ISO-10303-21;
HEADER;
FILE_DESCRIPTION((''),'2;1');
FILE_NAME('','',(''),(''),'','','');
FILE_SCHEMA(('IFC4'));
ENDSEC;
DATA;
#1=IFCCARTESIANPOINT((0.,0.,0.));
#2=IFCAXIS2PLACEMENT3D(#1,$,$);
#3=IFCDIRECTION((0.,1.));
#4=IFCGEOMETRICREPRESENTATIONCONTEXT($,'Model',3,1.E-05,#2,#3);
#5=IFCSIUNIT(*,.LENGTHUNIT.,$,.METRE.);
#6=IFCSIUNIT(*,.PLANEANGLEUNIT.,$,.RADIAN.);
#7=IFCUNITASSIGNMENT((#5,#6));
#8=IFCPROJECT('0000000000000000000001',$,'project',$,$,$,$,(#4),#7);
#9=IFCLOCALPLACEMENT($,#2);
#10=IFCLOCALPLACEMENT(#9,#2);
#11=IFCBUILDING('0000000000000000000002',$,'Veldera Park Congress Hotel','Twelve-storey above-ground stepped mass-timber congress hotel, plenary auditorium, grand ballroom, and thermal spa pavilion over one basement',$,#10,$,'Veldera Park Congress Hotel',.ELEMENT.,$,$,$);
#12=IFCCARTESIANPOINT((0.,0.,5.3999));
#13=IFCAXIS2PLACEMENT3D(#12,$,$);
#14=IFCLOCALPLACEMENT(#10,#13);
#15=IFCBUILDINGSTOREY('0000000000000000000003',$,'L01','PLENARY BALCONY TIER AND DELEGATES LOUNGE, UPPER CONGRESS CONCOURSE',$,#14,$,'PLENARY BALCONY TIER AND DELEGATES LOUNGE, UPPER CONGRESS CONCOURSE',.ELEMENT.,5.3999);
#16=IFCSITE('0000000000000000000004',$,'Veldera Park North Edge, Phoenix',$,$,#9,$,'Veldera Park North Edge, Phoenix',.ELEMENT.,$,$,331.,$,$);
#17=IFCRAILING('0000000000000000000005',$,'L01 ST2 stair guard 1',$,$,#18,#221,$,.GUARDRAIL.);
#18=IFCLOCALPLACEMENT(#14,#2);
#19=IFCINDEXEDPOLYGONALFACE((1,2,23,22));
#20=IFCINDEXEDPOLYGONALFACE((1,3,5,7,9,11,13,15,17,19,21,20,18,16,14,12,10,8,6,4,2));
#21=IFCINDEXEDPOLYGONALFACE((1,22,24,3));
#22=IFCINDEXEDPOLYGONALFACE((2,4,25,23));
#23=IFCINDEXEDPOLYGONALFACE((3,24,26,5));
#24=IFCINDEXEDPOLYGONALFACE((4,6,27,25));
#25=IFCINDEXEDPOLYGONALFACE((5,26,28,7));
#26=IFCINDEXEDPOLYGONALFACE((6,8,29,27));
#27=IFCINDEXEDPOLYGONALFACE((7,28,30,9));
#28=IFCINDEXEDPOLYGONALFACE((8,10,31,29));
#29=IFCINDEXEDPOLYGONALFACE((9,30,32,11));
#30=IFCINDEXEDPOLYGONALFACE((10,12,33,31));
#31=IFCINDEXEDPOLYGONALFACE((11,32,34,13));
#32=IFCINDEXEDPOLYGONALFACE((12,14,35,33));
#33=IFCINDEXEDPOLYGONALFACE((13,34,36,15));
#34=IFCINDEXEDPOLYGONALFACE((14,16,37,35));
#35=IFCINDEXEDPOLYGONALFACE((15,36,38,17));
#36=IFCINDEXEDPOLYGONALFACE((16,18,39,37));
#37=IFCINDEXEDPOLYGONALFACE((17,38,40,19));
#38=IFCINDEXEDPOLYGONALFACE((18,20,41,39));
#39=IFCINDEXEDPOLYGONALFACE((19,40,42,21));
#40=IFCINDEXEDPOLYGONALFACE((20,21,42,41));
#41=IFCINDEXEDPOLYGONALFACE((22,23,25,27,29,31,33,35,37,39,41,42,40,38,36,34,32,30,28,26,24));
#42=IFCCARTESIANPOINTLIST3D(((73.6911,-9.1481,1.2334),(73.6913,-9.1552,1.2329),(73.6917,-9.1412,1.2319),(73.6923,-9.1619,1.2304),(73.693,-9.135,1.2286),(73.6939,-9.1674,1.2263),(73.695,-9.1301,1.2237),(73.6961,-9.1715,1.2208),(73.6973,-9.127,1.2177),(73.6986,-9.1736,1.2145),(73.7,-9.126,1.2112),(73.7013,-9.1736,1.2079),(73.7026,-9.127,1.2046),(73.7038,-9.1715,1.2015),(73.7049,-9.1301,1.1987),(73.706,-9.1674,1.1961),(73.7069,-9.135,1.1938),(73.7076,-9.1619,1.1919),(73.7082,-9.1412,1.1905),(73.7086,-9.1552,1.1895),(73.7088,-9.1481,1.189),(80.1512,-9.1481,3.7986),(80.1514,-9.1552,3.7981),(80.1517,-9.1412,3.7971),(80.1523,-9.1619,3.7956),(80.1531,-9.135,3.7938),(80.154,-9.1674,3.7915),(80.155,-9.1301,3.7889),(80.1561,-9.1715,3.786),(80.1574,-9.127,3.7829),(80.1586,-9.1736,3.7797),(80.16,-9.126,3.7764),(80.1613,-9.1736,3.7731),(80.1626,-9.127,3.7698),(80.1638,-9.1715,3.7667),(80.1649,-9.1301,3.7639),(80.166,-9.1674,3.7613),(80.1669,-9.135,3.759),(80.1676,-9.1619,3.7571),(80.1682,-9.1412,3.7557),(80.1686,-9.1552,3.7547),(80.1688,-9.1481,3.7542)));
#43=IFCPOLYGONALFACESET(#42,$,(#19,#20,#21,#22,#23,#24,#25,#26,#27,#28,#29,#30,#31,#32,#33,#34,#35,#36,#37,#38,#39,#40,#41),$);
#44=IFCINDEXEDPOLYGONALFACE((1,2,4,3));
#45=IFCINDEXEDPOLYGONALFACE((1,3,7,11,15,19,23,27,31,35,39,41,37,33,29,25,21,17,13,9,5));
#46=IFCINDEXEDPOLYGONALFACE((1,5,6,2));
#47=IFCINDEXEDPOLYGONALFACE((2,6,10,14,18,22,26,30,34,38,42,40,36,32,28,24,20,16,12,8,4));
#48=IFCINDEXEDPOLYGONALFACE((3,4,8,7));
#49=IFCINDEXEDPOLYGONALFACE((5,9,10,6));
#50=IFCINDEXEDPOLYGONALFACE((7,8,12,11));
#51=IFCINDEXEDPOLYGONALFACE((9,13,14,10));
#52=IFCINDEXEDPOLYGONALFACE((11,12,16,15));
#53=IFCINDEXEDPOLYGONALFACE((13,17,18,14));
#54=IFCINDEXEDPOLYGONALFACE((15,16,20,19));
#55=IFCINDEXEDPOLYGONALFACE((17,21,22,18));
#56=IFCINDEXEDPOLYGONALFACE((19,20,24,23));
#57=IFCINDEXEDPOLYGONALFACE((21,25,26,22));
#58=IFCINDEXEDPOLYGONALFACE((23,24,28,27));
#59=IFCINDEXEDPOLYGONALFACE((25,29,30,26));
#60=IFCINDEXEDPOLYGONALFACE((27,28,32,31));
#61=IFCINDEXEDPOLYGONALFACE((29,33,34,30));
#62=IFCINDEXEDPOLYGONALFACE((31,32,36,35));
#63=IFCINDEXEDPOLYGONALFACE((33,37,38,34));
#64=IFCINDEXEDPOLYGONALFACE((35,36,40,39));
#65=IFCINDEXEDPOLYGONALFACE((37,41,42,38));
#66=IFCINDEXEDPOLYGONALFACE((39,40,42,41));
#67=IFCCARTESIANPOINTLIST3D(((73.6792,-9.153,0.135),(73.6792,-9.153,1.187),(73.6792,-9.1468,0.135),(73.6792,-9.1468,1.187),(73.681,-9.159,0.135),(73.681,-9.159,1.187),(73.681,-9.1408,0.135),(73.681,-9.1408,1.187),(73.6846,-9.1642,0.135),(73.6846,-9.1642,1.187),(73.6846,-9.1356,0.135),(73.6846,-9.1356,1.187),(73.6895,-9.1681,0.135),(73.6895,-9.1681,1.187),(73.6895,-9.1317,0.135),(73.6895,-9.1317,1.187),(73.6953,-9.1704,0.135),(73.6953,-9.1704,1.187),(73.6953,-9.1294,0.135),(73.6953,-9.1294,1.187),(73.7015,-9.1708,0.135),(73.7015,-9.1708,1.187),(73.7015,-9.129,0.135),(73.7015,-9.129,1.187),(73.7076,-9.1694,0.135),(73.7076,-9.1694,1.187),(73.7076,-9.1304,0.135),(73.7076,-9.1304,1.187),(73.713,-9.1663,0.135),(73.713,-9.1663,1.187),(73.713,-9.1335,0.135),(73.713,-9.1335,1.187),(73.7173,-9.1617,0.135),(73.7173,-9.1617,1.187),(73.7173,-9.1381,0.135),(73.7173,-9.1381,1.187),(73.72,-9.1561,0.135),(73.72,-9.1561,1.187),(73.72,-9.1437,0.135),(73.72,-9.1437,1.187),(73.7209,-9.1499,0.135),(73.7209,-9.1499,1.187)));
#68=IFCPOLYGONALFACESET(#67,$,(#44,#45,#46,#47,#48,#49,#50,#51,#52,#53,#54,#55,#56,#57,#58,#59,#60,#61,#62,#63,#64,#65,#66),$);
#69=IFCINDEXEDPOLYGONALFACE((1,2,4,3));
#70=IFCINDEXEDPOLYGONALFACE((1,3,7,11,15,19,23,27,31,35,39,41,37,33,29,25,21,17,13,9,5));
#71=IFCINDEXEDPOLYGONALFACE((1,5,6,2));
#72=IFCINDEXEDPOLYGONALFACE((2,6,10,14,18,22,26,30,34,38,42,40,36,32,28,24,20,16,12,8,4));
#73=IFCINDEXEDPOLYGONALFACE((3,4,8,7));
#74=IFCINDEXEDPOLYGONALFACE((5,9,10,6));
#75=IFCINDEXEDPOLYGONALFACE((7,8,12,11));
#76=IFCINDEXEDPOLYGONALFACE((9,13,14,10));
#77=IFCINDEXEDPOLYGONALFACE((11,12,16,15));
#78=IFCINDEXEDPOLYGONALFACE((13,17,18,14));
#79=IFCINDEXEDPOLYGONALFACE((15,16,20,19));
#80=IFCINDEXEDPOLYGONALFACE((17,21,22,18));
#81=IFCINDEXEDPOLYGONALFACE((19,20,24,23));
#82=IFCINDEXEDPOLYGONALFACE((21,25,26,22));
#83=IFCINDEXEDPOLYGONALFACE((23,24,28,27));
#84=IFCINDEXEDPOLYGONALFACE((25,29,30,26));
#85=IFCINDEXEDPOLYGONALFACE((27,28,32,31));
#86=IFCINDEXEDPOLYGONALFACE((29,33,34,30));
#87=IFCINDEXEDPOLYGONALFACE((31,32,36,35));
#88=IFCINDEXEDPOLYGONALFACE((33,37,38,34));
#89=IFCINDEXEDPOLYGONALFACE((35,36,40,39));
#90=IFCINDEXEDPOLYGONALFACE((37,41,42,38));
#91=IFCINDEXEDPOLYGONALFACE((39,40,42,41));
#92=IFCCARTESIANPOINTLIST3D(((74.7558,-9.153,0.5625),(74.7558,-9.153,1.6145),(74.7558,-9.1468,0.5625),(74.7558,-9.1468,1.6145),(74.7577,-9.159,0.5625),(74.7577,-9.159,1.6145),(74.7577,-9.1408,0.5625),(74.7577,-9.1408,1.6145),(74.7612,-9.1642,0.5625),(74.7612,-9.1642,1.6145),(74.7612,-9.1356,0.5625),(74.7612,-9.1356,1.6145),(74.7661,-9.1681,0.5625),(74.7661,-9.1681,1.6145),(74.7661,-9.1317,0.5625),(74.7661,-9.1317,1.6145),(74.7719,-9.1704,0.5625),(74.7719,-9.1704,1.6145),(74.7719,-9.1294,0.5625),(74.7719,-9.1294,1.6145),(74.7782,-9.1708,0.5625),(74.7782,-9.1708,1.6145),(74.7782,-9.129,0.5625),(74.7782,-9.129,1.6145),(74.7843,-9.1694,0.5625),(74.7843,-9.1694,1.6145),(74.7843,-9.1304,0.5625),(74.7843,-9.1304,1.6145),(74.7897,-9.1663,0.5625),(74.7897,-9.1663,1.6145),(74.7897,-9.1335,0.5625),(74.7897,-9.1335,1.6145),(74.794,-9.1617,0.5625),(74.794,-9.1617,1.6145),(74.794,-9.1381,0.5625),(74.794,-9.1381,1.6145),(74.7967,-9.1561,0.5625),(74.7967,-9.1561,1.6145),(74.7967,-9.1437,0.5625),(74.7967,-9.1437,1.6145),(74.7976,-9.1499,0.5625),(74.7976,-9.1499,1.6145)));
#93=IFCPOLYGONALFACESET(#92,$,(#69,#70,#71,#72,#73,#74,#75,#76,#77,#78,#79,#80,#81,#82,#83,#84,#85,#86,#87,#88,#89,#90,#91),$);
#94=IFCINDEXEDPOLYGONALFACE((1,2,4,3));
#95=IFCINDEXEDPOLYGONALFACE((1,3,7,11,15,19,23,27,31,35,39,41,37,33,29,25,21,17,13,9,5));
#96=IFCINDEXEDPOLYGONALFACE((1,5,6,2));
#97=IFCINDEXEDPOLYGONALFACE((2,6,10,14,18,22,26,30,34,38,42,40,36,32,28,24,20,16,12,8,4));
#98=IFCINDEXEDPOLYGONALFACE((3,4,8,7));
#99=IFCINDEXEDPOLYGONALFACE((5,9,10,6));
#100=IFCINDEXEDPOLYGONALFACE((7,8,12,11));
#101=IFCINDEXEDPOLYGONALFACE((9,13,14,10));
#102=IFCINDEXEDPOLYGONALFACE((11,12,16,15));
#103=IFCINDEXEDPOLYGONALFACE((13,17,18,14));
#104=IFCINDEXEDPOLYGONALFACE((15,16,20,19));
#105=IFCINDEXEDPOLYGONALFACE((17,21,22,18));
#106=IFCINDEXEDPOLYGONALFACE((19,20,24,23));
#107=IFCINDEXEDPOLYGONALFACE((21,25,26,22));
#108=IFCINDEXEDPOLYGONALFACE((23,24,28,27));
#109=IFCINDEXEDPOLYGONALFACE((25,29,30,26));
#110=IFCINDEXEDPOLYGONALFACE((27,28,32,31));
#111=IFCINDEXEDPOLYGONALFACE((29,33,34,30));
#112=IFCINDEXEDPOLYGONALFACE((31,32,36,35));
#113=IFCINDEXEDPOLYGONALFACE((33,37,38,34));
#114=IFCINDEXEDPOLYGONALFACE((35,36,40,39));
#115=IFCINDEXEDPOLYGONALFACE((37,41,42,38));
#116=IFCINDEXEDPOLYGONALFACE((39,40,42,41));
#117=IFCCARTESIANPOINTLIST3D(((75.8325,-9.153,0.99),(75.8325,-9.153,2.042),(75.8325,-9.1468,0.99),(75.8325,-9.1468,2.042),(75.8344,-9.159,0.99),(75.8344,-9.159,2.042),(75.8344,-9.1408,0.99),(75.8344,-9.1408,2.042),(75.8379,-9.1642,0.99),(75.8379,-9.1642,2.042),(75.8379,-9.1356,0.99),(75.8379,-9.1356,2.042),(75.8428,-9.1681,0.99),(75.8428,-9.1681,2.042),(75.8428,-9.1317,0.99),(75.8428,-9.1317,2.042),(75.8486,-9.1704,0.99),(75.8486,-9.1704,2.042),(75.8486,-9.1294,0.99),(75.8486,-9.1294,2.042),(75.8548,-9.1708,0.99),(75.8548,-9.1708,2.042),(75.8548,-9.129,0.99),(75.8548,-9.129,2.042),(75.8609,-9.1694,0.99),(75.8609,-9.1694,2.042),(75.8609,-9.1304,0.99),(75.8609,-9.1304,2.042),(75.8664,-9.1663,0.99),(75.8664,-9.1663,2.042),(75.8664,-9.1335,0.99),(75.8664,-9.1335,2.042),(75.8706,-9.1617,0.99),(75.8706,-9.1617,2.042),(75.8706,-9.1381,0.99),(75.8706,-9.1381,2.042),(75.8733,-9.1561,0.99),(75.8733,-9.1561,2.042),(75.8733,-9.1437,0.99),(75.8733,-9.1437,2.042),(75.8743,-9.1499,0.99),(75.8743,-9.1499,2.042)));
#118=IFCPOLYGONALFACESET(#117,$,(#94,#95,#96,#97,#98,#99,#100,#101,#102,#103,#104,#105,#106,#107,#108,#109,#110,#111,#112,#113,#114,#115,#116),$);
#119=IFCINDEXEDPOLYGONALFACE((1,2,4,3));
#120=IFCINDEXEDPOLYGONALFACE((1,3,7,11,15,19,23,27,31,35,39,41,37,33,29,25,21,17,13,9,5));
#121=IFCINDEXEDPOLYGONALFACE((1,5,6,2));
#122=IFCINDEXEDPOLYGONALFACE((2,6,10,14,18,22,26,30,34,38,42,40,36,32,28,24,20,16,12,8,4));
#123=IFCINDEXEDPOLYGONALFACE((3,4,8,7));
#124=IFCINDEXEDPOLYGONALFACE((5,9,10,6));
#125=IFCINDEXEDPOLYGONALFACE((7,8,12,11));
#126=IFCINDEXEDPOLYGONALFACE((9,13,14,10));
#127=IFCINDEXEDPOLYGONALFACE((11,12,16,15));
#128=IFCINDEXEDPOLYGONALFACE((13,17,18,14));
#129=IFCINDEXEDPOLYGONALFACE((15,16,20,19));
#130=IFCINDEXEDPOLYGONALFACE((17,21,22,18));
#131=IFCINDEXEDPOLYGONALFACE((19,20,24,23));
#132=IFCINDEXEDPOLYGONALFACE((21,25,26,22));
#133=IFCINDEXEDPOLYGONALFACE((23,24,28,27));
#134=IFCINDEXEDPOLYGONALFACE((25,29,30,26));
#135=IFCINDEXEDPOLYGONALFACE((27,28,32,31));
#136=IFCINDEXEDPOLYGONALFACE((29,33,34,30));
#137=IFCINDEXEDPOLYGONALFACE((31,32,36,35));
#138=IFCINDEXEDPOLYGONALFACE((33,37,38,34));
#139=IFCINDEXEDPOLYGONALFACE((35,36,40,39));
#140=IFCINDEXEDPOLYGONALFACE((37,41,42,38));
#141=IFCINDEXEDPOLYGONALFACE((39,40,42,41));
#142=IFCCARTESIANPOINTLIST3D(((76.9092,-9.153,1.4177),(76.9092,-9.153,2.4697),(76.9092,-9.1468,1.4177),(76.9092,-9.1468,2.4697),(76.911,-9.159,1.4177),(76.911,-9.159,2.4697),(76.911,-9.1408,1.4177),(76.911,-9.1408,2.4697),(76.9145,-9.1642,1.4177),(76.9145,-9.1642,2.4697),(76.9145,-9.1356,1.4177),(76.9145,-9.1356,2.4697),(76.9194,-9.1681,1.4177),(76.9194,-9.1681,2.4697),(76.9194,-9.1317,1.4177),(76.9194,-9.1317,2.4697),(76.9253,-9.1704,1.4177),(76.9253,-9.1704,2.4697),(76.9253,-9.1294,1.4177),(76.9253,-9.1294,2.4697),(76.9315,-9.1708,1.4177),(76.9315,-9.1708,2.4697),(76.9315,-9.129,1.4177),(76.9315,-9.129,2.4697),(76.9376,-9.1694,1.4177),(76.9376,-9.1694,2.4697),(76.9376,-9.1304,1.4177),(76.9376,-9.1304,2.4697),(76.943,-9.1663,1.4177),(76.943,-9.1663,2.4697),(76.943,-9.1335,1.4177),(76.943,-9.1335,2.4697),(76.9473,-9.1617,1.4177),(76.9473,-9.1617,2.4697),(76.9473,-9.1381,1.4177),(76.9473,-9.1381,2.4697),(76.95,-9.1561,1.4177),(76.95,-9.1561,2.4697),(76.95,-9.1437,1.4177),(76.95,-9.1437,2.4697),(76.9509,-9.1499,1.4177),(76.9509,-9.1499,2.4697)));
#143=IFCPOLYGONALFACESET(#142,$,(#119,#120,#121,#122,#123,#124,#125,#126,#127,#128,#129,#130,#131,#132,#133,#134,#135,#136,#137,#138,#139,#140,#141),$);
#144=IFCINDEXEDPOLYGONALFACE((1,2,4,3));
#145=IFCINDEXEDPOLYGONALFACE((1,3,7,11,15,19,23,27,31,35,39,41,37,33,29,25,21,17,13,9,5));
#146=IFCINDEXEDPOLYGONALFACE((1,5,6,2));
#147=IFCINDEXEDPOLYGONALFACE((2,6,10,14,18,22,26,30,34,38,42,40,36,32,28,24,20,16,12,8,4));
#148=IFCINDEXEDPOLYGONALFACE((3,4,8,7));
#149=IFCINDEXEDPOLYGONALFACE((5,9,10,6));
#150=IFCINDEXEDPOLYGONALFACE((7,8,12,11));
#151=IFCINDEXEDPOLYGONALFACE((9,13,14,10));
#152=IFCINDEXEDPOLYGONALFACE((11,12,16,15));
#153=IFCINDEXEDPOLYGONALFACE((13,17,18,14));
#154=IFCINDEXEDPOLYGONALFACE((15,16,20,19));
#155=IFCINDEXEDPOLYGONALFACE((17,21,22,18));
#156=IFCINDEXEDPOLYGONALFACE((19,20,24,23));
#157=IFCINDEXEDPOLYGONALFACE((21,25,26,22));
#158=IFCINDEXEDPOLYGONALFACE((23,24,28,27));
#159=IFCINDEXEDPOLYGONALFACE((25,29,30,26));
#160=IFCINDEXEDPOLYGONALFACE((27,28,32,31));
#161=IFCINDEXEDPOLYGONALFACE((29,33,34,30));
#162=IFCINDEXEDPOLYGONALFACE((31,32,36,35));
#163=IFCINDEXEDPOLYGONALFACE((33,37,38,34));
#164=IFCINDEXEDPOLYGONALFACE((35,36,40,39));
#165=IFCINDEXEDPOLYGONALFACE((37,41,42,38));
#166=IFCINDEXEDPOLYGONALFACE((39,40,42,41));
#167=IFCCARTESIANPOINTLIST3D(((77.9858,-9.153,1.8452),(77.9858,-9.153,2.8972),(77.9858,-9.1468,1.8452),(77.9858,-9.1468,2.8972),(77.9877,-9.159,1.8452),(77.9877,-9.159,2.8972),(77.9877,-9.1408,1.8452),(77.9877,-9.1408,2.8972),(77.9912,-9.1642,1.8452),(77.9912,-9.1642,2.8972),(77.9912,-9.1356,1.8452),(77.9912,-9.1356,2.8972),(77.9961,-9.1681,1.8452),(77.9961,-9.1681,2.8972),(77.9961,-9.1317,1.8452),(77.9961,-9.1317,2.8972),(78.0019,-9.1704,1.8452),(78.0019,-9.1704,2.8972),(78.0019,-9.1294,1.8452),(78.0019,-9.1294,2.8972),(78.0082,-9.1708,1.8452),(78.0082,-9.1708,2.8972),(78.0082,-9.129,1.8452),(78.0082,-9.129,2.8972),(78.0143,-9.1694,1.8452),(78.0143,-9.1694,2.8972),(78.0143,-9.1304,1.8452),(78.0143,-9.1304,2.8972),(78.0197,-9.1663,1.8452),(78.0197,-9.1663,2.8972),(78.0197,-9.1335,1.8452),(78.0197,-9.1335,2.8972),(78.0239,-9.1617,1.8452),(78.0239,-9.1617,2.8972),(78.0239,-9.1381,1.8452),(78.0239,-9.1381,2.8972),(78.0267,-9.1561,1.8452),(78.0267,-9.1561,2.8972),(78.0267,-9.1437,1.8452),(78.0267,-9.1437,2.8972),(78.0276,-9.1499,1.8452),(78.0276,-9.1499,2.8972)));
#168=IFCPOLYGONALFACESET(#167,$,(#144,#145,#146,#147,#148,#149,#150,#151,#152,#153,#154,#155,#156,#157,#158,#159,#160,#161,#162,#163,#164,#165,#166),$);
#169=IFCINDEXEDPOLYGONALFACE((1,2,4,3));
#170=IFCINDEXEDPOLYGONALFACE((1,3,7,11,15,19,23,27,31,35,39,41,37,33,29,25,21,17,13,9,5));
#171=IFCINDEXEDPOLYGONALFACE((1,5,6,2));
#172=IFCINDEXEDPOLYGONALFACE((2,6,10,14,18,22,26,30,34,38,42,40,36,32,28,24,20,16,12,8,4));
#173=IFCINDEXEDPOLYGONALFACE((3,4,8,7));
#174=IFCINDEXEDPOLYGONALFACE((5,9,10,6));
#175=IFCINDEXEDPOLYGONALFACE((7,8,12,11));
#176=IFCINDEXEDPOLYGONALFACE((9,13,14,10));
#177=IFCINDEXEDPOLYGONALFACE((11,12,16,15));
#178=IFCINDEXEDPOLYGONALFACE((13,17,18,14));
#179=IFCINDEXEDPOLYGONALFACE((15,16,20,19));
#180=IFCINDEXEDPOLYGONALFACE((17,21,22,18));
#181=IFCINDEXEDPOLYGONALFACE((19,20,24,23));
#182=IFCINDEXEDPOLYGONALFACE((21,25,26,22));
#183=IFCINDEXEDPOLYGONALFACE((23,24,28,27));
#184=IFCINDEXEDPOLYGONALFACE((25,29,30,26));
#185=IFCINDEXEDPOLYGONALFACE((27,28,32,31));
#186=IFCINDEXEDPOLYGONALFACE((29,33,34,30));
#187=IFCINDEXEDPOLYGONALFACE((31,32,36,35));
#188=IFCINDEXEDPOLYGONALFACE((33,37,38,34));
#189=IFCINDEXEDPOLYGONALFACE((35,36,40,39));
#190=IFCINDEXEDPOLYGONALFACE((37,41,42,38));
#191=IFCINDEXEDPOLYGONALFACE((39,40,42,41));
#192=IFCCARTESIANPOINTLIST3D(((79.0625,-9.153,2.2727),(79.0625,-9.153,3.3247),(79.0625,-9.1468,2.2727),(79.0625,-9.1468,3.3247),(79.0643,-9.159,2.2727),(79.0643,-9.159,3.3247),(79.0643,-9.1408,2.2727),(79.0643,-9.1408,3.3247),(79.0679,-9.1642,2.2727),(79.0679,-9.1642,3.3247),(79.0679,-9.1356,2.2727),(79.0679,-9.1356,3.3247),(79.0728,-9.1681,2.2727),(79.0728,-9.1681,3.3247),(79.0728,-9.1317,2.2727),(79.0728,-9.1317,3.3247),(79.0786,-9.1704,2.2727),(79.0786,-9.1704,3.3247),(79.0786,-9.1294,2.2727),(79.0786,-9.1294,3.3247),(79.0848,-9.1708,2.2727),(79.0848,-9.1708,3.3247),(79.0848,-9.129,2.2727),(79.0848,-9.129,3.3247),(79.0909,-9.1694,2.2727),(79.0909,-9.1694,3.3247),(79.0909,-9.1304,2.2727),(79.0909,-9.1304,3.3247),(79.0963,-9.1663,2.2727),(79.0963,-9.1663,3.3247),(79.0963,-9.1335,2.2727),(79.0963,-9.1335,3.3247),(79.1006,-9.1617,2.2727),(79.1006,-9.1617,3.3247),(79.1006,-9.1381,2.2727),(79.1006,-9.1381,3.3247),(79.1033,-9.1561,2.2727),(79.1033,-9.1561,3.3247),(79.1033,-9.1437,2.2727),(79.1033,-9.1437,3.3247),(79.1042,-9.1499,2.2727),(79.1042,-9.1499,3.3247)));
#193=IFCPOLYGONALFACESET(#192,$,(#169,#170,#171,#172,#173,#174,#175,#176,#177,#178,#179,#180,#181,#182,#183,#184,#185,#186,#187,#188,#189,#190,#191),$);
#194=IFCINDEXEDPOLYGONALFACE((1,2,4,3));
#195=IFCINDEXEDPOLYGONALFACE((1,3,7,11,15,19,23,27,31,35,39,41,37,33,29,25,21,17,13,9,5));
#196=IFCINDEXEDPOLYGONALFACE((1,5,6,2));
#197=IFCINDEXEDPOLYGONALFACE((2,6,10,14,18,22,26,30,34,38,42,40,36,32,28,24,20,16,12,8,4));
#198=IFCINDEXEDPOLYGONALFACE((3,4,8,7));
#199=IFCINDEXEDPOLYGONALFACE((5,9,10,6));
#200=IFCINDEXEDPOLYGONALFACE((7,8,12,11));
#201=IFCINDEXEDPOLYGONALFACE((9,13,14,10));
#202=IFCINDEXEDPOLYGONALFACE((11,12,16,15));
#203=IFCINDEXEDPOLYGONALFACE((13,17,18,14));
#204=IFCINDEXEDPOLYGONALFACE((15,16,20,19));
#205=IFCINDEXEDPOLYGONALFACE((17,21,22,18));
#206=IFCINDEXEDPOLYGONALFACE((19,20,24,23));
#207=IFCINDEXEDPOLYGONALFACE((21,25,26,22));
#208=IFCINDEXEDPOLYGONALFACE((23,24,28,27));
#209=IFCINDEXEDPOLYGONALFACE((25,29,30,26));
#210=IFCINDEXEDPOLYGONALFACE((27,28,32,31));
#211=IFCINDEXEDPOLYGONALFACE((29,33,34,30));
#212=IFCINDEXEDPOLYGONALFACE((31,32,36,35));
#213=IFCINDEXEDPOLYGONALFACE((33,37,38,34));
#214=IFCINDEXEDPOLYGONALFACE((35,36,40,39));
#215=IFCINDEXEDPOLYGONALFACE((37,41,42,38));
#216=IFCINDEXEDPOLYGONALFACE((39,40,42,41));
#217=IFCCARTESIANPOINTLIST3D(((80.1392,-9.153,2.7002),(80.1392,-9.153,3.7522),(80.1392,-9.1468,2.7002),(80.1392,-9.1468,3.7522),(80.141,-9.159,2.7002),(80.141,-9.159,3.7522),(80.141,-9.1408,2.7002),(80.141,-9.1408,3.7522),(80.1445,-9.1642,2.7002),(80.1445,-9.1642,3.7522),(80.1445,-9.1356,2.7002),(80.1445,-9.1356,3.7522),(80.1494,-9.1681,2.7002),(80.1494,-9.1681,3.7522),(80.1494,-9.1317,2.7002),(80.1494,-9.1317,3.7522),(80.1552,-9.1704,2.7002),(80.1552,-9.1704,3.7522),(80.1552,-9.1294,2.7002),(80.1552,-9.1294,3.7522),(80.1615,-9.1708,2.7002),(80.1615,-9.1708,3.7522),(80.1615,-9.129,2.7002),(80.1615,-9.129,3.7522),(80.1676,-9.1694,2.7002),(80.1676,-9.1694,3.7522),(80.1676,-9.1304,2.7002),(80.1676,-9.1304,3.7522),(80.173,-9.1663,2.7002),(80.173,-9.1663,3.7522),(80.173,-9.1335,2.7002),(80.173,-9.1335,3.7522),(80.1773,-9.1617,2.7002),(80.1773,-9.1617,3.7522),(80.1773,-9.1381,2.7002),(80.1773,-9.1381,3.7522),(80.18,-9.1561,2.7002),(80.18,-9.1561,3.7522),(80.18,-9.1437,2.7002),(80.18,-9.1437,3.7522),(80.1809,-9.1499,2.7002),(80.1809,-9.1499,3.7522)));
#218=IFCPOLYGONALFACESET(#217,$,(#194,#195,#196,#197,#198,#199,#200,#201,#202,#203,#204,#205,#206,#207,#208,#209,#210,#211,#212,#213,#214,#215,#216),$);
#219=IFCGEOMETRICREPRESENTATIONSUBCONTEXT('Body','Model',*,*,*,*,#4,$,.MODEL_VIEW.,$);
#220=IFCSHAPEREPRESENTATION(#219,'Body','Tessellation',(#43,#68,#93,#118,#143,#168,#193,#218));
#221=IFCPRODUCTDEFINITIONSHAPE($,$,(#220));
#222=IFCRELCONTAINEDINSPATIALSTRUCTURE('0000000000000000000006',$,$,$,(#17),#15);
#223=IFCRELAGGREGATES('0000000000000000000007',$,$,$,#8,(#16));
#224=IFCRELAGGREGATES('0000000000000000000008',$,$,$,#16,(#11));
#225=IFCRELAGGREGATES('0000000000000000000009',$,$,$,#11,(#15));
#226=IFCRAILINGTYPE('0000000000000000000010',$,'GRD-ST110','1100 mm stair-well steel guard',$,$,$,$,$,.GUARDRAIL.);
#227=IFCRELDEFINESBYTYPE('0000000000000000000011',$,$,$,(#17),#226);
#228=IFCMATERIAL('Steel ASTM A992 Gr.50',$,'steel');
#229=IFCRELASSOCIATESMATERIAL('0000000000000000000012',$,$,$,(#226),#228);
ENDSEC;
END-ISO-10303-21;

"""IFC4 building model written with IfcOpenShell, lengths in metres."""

from ifc_helpers import new_model, si_unit, direction, frame, origin, origin_2d, place, context, subcontext, project, spatial, circle, extrude, material, type_object, element, save


model = new_model("IFC4")

# Units and contexts
model_context = context("Model", 3, precision=1e-05, world=origin(), true_north=direction((0.0, 1.0)))
body_context = subcontext(model_context, "Body", "Model", "MODEL_VIEW")
ifc_project = project(units=[si_unit("LENGTHUNIT", "METRE"), si_unit("PLANEANGLEUNIT", "RADIAN")], contexts=[model_context])

# Site, building, storey
site_placement = place(None, origin())
site = spatial("IfcSite", under=ifc_project, at=site_placement, Name="Veldera Park North Edge, Phoenix", LongName="Veldera Park North Edge, Phoenix", CompositionType="ELEMENT", RefElevation=331.0)
building_placement = place(site_placement, origin())
building = spatial("IfcBuilding", under=site, at=building_placement, Name="Veldera Park Congress Hotel", Description="Twelve-storey above-ground stepped mass-timber congress hotel, plenary auditorium, grand ballroom, and thermal spa pavilion over one basement", LongName="Veldera Park Congress Hotel", CompositionType="ELEMENT")
storey_placement = place(building_placement, frame((0.0, 0.0, 5.3999)))
storey = spatial("IfcBuildingStorey", under=building, at=storey_placement, Name="L01", Description="PLENARY BALCONY TIER AND DELEGATES LOUNGE, UPPER CONGRESS CONCOURSE", LongName="PLENARY BALCONY TIER AND DELEGATES LOUNGE, UPPER CONGRESS CONCOURSE", CompositionType="ELEMENT", Elevation=5.3999)

# Shared definitions
ifc_material_1 = material(Name="Steel ASTM A992 Gr.50", Category="steel")

# Railing
railing_type_1 = type_object("IfcRailingType", Name="GRD-ST110", Description="1100 mm stair-well steel guard", PredefinedType="GUARDRAIL", material=ifc_material_1)
railing_1_placement = place(storey_placement, frame((73.7, -9.1499, 0.135)))
element("IfcRailing", 1, at=railing_1_placement, inside=storey, type_object=railing_type_1, Name="L01 ST2 stair guard 1", PredefinedType="GUARDRAIL", context=body_context, shape_type="SweptSolid", body=[
    extrude(circle(Radius=0.0239, at=origin_2d()), frame((0.0, 0.0, 1.0762), z_axis=(0.929406, 0.0, 0.369058), x_axis=(0.0, 1.0, 0.0)), (0.0, 0.0, 1.0), 6.9507),
    extrude(circle(Radius=0.021, at=origin_2d()), origin(), (0.0, 0.0, 1.0), 1.052),
    extrude(circle(Radius=0.021, at=origin_2d()), frame((1.0767, 0.0, 0.4275)), (0.0, 0.0, 1.0), 1.052),
    extrude(circle(Radius=0.021, at=origin_2d()), frame((2.1533, 0.0, 0.855)), (0.0, 0.0, 1.0), 1.052),
    extrude(circle(Radius=0.021, at=origin_2d()), frame((3.23, 0.0, 1.2827)), (0.0, 0.0, 1.0), 1.052),
    extrude(circle(Radius=0.021, at=origin_2d()), frame((4.3066, 0.0, 1.7102)), (0.0, 0.0, 1.0), 1.052),
    extrude(circle(Radius=0.021, at=origin_2d()), frame((5.3833, 0.0, 2.1377)), (0.0, 0.0, 1.0), 1.052),
    extrude(circle(Radius=0.021, at=origin_2d()), frame((6.46, 0.0, 2.5652)), (0.0, 0.0, 1.0), 1.052),
])

save(model, "model.ifc")
